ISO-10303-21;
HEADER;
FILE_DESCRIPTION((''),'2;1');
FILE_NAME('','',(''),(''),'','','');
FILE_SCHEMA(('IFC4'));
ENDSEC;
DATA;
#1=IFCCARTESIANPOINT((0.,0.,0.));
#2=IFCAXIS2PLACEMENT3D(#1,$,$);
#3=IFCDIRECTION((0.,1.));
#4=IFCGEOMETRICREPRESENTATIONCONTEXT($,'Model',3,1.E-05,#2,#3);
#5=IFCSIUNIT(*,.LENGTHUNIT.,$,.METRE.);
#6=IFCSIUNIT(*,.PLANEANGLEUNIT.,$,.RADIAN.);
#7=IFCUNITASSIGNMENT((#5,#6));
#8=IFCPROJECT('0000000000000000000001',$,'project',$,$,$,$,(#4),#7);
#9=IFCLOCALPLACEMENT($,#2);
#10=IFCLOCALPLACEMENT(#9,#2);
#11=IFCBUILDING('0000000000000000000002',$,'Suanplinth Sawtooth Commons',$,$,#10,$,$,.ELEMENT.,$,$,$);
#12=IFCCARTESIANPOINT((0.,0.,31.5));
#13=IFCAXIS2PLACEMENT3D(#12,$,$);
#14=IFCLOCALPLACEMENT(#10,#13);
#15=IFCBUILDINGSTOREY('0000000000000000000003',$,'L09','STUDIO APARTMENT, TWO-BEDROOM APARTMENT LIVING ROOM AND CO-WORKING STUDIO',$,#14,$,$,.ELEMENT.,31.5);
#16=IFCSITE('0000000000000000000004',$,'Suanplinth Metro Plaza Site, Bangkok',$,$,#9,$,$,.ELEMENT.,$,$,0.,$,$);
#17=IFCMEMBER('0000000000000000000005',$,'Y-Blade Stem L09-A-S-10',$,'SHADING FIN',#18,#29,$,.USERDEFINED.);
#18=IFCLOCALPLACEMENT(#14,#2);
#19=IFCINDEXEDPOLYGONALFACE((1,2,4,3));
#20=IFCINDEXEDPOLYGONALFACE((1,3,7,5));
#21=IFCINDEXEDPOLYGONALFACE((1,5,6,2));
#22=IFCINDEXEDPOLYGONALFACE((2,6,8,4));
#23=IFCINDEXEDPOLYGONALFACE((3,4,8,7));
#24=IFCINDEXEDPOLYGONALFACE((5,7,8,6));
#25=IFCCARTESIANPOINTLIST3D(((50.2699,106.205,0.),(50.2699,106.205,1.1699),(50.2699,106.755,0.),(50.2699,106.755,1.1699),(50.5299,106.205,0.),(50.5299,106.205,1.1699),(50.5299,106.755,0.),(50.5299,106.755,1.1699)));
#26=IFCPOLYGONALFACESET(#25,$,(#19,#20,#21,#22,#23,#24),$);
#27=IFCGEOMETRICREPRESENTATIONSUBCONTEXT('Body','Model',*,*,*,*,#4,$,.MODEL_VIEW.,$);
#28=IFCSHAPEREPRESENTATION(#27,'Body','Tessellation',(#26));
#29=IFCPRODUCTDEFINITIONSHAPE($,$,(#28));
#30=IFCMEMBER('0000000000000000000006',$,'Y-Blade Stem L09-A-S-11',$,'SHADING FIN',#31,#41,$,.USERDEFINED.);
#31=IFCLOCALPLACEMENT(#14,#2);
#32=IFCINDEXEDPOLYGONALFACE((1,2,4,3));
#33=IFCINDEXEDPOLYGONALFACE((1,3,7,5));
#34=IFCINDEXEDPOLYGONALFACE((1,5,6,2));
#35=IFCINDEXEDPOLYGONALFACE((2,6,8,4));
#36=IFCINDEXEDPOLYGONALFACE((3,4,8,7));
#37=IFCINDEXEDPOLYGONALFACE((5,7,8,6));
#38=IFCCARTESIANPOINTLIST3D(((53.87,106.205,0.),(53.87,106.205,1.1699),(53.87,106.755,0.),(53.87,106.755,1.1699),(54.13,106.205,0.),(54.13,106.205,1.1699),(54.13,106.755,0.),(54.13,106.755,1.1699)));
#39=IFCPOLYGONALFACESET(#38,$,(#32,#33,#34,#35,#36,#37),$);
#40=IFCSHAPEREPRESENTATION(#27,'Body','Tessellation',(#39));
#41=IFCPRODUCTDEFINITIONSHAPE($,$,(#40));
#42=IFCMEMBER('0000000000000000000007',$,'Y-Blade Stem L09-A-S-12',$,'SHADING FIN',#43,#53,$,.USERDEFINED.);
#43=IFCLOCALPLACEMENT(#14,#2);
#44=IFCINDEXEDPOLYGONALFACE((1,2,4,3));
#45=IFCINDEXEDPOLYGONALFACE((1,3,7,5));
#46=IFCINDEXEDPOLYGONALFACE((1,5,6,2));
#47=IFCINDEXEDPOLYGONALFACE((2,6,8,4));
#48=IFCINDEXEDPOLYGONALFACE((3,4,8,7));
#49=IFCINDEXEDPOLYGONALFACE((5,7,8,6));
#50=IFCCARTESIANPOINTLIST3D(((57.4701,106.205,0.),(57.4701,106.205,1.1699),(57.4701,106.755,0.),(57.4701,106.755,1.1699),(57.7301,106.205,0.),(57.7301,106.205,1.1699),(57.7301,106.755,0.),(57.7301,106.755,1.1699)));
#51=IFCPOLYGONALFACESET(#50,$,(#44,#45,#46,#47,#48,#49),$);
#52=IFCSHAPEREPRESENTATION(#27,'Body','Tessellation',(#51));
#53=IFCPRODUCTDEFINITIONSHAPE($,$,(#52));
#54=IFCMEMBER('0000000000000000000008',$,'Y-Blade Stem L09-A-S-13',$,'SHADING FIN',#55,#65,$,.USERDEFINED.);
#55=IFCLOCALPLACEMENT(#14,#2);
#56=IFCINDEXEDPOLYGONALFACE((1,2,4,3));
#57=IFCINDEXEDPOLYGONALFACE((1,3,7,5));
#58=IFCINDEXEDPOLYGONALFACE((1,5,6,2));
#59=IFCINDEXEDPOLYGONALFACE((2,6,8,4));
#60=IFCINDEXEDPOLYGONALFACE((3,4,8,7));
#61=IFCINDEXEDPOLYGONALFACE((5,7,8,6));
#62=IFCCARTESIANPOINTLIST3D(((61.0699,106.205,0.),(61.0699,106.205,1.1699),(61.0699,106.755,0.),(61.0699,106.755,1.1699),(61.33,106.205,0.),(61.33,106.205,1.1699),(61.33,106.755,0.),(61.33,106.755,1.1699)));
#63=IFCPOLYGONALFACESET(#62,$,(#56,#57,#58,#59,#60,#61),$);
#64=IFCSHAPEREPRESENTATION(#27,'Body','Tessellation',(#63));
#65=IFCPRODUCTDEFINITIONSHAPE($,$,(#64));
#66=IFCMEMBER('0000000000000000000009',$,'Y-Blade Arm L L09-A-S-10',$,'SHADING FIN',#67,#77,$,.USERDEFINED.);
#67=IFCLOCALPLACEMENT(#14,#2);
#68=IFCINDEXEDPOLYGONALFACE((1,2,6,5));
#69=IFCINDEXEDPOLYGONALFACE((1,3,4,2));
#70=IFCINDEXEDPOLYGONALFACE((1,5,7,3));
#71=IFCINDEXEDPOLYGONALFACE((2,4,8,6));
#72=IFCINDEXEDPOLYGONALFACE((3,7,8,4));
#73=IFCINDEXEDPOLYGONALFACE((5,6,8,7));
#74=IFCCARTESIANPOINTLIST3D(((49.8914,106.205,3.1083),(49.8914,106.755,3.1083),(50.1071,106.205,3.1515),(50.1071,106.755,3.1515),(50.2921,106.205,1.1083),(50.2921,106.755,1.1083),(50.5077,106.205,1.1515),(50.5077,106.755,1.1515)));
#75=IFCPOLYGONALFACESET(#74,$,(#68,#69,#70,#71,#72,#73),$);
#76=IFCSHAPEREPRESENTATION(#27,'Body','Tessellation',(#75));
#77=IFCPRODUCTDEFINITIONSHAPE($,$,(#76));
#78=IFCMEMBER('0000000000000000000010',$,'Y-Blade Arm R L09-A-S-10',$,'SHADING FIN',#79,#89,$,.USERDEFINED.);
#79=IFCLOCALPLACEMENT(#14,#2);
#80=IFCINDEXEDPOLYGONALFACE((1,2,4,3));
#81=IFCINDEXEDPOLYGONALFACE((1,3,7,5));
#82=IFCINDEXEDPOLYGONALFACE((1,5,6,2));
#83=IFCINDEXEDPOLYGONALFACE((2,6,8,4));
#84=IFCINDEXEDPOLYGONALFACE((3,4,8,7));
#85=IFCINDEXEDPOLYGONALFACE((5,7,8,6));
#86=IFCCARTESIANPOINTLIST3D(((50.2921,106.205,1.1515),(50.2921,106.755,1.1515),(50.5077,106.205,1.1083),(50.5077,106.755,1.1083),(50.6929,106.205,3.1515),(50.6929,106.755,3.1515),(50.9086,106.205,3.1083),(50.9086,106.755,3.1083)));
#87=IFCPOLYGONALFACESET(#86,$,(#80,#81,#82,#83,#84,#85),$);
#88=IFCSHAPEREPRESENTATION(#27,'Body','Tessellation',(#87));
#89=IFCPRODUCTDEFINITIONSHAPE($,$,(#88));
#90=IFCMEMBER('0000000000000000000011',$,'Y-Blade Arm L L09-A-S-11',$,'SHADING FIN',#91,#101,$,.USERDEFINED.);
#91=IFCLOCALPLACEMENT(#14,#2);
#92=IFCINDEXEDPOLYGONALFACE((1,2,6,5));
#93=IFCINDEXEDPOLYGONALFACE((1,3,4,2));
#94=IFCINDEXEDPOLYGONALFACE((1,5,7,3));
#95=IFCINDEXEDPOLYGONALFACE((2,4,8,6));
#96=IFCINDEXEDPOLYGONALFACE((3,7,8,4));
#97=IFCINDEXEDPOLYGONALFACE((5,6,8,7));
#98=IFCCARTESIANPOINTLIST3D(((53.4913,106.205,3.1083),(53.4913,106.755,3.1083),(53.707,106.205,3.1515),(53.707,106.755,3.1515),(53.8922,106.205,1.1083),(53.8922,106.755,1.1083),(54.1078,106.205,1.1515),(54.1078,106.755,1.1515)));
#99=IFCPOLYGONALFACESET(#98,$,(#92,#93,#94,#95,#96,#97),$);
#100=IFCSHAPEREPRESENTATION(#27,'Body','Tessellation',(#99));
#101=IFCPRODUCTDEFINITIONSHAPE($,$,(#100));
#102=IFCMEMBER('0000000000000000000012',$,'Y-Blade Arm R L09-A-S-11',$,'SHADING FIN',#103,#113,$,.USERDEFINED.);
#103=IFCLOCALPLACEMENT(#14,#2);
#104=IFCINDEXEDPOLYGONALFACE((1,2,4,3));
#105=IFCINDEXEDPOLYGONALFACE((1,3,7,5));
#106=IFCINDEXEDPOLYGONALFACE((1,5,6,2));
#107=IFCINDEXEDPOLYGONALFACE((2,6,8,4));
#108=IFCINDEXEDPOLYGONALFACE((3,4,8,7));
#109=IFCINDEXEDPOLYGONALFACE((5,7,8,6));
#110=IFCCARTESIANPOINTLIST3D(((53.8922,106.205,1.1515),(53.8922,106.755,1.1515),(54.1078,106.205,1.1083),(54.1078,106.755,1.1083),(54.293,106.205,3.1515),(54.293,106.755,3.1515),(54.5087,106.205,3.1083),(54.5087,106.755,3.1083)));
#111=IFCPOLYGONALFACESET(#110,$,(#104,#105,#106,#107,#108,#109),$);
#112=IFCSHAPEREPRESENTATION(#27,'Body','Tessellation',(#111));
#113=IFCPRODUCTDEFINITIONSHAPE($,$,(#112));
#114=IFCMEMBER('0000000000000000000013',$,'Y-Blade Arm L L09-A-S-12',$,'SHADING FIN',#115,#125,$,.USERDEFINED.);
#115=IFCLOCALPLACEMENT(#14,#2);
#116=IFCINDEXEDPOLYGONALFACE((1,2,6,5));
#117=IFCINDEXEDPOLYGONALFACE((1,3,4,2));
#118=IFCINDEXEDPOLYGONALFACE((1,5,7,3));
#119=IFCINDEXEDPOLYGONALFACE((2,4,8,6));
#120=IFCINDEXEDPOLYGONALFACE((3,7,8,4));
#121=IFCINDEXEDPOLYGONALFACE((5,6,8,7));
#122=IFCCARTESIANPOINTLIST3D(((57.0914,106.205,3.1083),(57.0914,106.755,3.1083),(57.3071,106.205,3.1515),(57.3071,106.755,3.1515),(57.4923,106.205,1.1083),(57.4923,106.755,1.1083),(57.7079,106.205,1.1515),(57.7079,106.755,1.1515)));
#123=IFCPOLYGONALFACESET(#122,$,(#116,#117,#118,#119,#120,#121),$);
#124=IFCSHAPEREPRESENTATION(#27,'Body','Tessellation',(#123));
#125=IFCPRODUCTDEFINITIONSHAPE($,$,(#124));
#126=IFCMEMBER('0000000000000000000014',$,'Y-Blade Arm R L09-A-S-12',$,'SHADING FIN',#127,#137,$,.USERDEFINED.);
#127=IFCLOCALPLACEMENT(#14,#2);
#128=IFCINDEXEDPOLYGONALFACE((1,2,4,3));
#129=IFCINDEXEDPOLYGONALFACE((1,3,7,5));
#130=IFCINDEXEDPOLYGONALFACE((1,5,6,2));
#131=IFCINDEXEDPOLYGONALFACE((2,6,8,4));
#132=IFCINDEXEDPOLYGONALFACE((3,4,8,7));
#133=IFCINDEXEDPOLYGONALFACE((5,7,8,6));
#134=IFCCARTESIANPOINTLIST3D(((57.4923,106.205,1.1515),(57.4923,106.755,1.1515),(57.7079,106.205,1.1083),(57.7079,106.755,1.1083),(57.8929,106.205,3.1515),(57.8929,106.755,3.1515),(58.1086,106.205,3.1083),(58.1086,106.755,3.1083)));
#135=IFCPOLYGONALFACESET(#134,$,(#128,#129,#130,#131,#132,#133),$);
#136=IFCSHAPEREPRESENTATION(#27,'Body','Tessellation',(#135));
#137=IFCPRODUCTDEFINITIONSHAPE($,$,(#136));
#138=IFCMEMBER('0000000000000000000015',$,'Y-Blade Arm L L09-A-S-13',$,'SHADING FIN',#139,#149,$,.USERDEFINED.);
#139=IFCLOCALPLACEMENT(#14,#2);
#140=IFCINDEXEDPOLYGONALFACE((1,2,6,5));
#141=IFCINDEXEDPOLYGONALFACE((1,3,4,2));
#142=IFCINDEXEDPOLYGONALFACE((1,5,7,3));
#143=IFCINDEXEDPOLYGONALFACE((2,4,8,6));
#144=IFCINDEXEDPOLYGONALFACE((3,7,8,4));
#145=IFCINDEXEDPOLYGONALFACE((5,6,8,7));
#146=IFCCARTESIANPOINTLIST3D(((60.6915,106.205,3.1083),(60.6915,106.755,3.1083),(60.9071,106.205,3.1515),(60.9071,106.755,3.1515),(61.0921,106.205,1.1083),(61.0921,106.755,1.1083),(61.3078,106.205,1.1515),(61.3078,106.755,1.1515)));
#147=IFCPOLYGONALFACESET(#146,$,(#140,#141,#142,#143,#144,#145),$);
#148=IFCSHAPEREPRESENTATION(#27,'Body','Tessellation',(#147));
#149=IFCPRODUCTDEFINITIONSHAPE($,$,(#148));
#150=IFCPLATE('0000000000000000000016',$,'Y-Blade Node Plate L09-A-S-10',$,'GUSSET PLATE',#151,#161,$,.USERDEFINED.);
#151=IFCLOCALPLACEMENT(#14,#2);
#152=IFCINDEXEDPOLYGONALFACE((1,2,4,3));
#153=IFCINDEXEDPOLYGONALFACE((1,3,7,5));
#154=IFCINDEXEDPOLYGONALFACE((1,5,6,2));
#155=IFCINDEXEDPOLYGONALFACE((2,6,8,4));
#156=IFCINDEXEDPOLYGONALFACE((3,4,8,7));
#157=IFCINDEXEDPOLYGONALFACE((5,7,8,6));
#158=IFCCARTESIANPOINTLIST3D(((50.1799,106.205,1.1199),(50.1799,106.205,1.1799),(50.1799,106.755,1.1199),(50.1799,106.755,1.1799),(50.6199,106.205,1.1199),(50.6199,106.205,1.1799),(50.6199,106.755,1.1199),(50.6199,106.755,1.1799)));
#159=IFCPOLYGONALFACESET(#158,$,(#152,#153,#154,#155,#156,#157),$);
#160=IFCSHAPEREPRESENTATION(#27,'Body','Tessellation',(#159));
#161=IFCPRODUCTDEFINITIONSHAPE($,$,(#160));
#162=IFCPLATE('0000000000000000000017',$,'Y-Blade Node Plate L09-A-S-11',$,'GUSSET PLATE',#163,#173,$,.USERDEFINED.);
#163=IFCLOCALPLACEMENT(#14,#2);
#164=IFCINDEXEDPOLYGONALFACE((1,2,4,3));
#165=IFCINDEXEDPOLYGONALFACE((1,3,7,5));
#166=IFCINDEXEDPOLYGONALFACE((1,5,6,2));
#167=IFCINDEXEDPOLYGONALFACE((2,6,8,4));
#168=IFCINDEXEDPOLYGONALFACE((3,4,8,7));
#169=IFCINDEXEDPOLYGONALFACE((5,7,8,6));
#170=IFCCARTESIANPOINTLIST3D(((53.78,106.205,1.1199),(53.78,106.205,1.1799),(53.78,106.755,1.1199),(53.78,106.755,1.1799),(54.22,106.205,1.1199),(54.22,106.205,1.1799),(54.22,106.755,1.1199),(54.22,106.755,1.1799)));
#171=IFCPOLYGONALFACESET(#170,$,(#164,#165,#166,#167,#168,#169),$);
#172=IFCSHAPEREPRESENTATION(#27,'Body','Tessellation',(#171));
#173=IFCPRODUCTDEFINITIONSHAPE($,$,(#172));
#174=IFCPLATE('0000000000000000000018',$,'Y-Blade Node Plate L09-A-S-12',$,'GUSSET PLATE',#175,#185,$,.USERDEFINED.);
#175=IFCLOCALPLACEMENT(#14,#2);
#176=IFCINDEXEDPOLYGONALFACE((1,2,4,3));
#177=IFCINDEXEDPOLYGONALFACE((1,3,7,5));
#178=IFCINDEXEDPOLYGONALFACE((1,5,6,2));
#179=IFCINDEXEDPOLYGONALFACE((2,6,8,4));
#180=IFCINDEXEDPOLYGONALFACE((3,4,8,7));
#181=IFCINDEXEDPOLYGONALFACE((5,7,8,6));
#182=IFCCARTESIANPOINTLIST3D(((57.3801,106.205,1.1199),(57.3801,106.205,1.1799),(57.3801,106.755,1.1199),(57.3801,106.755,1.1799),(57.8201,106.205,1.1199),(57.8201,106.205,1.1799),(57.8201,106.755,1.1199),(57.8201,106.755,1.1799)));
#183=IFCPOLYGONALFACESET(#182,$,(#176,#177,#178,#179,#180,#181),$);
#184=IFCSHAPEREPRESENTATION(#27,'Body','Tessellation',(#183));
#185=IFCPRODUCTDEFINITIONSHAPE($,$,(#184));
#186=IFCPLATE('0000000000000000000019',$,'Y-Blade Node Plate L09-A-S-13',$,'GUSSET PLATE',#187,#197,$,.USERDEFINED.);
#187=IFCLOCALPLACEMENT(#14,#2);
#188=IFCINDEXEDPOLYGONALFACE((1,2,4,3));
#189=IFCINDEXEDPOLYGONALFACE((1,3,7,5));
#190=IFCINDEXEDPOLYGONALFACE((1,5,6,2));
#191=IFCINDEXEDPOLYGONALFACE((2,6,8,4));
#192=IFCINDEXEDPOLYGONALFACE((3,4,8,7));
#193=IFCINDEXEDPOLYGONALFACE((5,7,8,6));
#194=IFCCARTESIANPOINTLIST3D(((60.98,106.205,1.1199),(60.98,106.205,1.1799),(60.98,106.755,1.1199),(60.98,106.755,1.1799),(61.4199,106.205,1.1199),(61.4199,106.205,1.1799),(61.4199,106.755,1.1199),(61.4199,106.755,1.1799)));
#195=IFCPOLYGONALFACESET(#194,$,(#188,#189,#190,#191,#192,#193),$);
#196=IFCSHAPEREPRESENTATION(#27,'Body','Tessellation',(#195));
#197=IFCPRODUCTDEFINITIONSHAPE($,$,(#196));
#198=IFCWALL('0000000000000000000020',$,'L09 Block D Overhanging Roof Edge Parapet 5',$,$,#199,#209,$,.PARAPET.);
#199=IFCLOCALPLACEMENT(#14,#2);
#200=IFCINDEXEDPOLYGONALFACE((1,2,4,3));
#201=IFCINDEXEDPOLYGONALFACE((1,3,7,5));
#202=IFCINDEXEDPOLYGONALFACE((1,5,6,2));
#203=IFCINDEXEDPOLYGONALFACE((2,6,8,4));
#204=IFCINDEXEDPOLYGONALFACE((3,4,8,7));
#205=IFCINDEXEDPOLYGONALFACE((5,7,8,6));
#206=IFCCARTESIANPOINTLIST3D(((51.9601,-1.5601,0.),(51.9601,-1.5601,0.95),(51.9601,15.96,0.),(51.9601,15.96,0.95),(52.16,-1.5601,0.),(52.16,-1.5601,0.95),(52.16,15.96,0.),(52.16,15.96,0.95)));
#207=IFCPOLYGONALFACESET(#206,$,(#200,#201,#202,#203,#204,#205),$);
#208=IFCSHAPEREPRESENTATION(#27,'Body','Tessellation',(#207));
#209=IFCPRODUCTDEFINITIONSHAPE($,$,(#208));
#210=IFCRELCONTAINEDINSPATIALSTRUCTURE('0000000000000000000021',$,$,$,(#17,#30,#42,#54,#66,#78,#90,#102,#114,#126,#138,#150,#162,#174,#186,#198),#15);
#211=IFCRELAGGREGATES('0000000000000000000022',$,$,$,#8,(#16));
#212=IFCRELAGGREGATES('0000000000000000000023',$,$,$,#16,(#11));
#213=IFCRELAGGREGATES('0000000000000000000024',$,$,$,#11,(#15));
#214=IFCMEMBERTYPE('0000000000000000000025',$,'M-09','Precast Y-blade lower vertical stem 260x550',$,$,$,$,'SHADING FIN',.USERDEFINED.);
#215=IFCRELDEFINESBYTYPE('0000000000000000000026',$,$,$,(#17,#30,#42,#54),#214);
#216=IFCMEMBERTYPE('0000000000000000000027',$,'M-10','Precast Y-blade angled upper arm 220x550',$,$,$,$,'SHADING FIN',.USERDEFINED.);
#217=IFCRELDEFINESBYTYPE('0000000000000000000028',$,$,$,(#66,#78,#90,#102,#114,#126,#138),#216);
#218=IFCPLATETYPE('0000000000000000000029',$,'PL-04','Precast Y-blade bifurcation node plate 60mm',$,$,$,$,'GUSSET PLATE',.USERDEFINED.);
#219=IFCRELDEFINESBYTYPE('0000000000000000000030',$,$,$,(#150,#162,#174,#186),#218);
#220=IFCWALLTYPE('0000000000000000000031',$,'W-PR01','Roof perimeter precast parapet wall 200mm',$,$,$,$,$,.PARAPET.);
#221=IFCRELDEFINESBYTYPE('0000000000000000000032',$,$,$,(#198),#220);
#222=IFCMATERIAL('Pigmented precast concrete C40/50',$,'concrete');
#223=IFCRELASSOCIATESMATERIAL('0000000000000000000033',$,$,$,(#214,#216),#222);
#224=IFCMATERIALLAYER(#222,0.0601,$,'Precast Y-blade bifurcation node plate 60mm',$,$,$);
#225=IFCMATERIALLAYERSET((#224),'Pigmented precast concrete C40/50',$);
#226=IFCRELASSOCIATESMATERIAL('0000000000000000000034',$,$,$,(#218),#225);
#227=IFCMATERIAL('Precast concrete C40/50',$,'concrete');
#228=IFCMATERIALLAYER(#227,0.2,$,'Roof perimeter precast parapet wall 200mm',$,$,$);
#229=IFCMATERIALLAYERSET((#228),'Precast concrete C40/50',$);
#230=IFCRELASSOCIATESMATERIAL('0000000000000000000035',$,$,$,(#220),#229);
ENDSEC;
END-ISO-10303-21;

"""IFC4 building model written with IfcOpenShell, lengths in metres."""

from ifc_helpers import new_model, si_unit, direction, frame, frame_2d, origin, origin_2d, place, context, subcontext, project, spatial, rectangle, extrude, material, layer, layer_set, material_profile, profile_set, type_object, element, save


model = new_model("IFC4")

# Units and contexts
model_context = context("Model", 3, precision=1e-05, world=origin(), true_north=direction((0.0, 1.0)))
body_context = subcontext(model_context, "Body", "Model", "MODEL_VIEW")
ifc_project = project(units=[si_unit("LENGTHUNIT", "METRE"), si_unit("PLANEANGLEUNIT", "RADIAN")], contexts=[model_context])

# Site, building, storey
site_placement = place(None, origin())
site = spatial("IfcSite", under=ifc_project, at=site_placement, Name="Suanplinth Metro Plaza Site, Bangkok", CompositionType="ELEMENT", RefElevation=0.0)
building_placement = place(site_placement, origin())
building = spatial("IfcBuilding", under=site, at=building_placement, Name="Suanplinth Sawtooth Commons", CompositionType="ELEMENT")
storey_placement = place(building_placement, frame((0.0, 0.0, 31.5)))
storey = spatial("IfcBuildingStorey", under=building, at=storey_placement, Name="L09", Description="STUDIO APARTMENT, TWO-BEDROOM APARTMENT LIVING ROOM AND CO-WORKING STUDIO", CompositionType="ELEMENT", Elevation=31.5)

# Members
ifc_material_1 = material(Name="Pigmented precast concrete C40/50", Category="concrete")
ifc_material_profile_1 = material_profile(ifc_material_1, rectangle(XDim=0.26, YDim=0.55, at=origin_2d()), Name="PC-FIN 260x550")
ifc_profile_set_1 = profile_set([ifc_material_profile_1], Name="Pigmented precast concrete C40/50")
member_type_1 = type_object("IfcMemberType", Name="M-09", Description="Precast Y-blade lower vertical stem 260x550", ElementType="SHADING FIN", PredefinedType="USERDEFINED", material=ifc_profile_set_1)
for number, where, z_axis, x_axis, name in (
    (1, (50.3999, 106.48, 0.0), (0.0, 0.0, 1.0), (1.0, 0.0, 0.0), "Y-Blade Stem L09-A-S-10"),
    (2, (54.0, 106.48, 0.0), (0.0, 0.0, 1.0), (1.0, 0.0, 0.0), "Y-Blade Stem L09-A-S-11"),
    (3, (57.6001, 106.48, 0.0), (0.0, 0.0, 1.0), (1.0, 0.0, 0.0), "Y-Blade Stem L09-A-S-12"),
    (4, (61.2, 106.48, 0.0), (0.0, 0.0, 1.0), (1.0, 0.0, 0.0), "Y-Blade Stem L09-A-S-13"),
):
    element("IfcMember", number, at=place(storey_placement, frame(where, z_axis=z_axis, x_axis=x_axis)), inside=storey, type_object=member_type_1, Name=name, ObjectType="SHADING FIN", PredefinedType="USERDEFINED", context=body_context, shape_type="SweptSolid", body=[
        extrude(rectangle(XDim=0.26, YDim=0.55, at=origin_2d()), origin(), (0.0, 0.0, 1.0), 1.1699),
    ])
ifc_material_profile_2 = material_profile(ifc_material_1, rectangle(XDim=0.22, YDim=0.55, at=origin_2d()), Name="PC-FIN 220x550")
ifc_profile_set_2 = profile_set([ifc_material_profile_2], Name="Pigmented precast concrete C40/50")
member_type_2 = type_object("IfcMemberType", Name="M-10", Description="Precast Y-blade angled upper arm 220x550", ElementType="SHADING FIN", PredefinedType="USERDEFINED", material=ifc_profile_set_2)
for number, where, z_axis, x_axis, name in (
    (5, (50.3999, 106.48, 1.1299), (-0.196415, 0.0, 0.980521), (0.980521, 0.0, 0.196415), "Y-Blade Arm L L09-A-S-10"),
    (6, (50.3999, 106.48, 1.1299), (0.19653, 0.0, 0.980498), (-0.980498, 0.0, 0.19653), "Y-Blade Arm R L09-A-S-10"),
    (7, (54.0, 106.48, 1.1299), (-0.19653, 0.0, 0.980498), (0.980498, 0.0, 0.19653), "Y-Blade Arm L L09-A-S-11"),
    (8, (54.0, 106.48, 1.1299), (0.19653, 0.0, 0.980498), (-0.980498, 0.0, 0.19653), "Y-Blade Arm R L09-A-S-11"),
    (9, (57.6001, 106.48, 1.1299), (-0.19653, 0.0, 0.980498), (0.980498, 0.0, 0.19653), "Y-Blade Arm L L09-A-S-12"),
    (10, (57.6001, 106.48, 1.1299), (0.196415, 0.0, 0.980521), (-0.980521, 0.0, 0.196415), "Y-Blade Arm R L09-A-S-12"),
    (11, (61.2, 106.48, 1.1299), (-0.196415, 0.0, 0.980521), (0.980521, 0.0, 0.196415), "Y-Blade Arm L L09-A-S-13"),
):
    element("IfcMember", number, at=place(storey_placement, frame(where, z_axis=z_axis, x_axis=x_axis)), inside=storey, type_object=member_type_2, Name=name, ObjectType="SHADING FIN", PredefinedType="USERDEFINED", context=body_context, shape_type="SweptSolid", body=[
        extrude(rectangle(XDim=0.22, YDim=0.55, at=origin_2d()), origin(), (0.0, 0.0, 1.0), 2.0398),
    ])

# Plates
ifc_layer_1 = layer(ifc_material_1, 0.0601, Name="Precast Y-blade bifurcation node plate 60mm")
ifc_layer_set_1 = layer_set([ifc_layer_1], Name="Pigmented precast concrete C40/50")
plate_type = type_object("IfcPlateType", Name="PL-04", Description="Precast Y-blade bifurcation node plate 60mm", ElementType="GUSSET PLATE", PredefinedType="USERDEFINED", material=ifc_layer_set_1)
for number, where, z_axis, x_axis, name in (
    (12, (50.3999, 106.48, 1.1199), (0.0, 0.0, 1.0), (1.0, 0.0, 0.0), "Y-Blade Node Plate L09-A-S-10"),
    (13, (54.0, 106.48, 1.1199), (0.0, 0.0, 1.0), (1.0, 0.0, 0.0), "Y-Blade Node Plate L09-A-S-11"),
    (14, (57.6001, 106.48, 1.1199), (0.0, 0.0, 1.0), (1.0, 0.0, 0.0), "Y-Blade Node Plate L09-A-S-12"),
    (15, (61.2, 106.48, 1.1199), (0.0, 0.0, 1.0), (1.0, 0.0, 0.0), "Y-Blade Node Plate L09-A-S-13"),
):
    element("IfcPlate", number, at=place(storey_placement, frame(where, z_axis=z_axis, x_axis=x_axis)), inside=storey, type_object=plate_type, Name=name, ObjectType="GUSSET PLATE", PredefinedType="USERDEFINED", context=body_context, shape_type="SweptSolid", body=[
        extrude(rectangle(XDim=0.4399, YDim=0.55, at=origin_2d()), origin(), (0.0, 0.0, 1.0), 0.0601),
    ])

# Wall
ifc_material_2 = material(Name="Precast concrete C40/50", Category="concrete")
ifc_layer_2 = layer(ifc_material_2, 0.2, Name="Roof perimeter precast parapet wall 200mm")
ifc_layer_set_2 = layer_set([ifc_layer_2], Name="Precast concrete C40/50")
wall_type = type_object("IfcWallType", Name="W-PR01", Description="Roof perimeter precast parapet wall 200mm", PredefinedType="PARAPET", material=ifc_layer_set_2)
wall_placement = place(storey_placement, frame((52.0601, 15.96, 0.0), z_axis=(0.0, 0.0, 1.0), x_axis=(0.0, -1.0, 0.0)))
element("IfcWall", 16, at=wall_placement, inside=storey, type_object=wall_type, Name="L09 Block D Overhanging Roof Edge Parapet 5", PredefinedType="PARAPET", context=body_context, shape_type="SweptSolid", body=[
    extrude(rectangle(XDim=17.52, YDim=0.2, at=frame_2d((8.76, 0.0))), origin(), (0.0, 0.0, 1.0), 0.95),
])

save(model, "model.ifc")
